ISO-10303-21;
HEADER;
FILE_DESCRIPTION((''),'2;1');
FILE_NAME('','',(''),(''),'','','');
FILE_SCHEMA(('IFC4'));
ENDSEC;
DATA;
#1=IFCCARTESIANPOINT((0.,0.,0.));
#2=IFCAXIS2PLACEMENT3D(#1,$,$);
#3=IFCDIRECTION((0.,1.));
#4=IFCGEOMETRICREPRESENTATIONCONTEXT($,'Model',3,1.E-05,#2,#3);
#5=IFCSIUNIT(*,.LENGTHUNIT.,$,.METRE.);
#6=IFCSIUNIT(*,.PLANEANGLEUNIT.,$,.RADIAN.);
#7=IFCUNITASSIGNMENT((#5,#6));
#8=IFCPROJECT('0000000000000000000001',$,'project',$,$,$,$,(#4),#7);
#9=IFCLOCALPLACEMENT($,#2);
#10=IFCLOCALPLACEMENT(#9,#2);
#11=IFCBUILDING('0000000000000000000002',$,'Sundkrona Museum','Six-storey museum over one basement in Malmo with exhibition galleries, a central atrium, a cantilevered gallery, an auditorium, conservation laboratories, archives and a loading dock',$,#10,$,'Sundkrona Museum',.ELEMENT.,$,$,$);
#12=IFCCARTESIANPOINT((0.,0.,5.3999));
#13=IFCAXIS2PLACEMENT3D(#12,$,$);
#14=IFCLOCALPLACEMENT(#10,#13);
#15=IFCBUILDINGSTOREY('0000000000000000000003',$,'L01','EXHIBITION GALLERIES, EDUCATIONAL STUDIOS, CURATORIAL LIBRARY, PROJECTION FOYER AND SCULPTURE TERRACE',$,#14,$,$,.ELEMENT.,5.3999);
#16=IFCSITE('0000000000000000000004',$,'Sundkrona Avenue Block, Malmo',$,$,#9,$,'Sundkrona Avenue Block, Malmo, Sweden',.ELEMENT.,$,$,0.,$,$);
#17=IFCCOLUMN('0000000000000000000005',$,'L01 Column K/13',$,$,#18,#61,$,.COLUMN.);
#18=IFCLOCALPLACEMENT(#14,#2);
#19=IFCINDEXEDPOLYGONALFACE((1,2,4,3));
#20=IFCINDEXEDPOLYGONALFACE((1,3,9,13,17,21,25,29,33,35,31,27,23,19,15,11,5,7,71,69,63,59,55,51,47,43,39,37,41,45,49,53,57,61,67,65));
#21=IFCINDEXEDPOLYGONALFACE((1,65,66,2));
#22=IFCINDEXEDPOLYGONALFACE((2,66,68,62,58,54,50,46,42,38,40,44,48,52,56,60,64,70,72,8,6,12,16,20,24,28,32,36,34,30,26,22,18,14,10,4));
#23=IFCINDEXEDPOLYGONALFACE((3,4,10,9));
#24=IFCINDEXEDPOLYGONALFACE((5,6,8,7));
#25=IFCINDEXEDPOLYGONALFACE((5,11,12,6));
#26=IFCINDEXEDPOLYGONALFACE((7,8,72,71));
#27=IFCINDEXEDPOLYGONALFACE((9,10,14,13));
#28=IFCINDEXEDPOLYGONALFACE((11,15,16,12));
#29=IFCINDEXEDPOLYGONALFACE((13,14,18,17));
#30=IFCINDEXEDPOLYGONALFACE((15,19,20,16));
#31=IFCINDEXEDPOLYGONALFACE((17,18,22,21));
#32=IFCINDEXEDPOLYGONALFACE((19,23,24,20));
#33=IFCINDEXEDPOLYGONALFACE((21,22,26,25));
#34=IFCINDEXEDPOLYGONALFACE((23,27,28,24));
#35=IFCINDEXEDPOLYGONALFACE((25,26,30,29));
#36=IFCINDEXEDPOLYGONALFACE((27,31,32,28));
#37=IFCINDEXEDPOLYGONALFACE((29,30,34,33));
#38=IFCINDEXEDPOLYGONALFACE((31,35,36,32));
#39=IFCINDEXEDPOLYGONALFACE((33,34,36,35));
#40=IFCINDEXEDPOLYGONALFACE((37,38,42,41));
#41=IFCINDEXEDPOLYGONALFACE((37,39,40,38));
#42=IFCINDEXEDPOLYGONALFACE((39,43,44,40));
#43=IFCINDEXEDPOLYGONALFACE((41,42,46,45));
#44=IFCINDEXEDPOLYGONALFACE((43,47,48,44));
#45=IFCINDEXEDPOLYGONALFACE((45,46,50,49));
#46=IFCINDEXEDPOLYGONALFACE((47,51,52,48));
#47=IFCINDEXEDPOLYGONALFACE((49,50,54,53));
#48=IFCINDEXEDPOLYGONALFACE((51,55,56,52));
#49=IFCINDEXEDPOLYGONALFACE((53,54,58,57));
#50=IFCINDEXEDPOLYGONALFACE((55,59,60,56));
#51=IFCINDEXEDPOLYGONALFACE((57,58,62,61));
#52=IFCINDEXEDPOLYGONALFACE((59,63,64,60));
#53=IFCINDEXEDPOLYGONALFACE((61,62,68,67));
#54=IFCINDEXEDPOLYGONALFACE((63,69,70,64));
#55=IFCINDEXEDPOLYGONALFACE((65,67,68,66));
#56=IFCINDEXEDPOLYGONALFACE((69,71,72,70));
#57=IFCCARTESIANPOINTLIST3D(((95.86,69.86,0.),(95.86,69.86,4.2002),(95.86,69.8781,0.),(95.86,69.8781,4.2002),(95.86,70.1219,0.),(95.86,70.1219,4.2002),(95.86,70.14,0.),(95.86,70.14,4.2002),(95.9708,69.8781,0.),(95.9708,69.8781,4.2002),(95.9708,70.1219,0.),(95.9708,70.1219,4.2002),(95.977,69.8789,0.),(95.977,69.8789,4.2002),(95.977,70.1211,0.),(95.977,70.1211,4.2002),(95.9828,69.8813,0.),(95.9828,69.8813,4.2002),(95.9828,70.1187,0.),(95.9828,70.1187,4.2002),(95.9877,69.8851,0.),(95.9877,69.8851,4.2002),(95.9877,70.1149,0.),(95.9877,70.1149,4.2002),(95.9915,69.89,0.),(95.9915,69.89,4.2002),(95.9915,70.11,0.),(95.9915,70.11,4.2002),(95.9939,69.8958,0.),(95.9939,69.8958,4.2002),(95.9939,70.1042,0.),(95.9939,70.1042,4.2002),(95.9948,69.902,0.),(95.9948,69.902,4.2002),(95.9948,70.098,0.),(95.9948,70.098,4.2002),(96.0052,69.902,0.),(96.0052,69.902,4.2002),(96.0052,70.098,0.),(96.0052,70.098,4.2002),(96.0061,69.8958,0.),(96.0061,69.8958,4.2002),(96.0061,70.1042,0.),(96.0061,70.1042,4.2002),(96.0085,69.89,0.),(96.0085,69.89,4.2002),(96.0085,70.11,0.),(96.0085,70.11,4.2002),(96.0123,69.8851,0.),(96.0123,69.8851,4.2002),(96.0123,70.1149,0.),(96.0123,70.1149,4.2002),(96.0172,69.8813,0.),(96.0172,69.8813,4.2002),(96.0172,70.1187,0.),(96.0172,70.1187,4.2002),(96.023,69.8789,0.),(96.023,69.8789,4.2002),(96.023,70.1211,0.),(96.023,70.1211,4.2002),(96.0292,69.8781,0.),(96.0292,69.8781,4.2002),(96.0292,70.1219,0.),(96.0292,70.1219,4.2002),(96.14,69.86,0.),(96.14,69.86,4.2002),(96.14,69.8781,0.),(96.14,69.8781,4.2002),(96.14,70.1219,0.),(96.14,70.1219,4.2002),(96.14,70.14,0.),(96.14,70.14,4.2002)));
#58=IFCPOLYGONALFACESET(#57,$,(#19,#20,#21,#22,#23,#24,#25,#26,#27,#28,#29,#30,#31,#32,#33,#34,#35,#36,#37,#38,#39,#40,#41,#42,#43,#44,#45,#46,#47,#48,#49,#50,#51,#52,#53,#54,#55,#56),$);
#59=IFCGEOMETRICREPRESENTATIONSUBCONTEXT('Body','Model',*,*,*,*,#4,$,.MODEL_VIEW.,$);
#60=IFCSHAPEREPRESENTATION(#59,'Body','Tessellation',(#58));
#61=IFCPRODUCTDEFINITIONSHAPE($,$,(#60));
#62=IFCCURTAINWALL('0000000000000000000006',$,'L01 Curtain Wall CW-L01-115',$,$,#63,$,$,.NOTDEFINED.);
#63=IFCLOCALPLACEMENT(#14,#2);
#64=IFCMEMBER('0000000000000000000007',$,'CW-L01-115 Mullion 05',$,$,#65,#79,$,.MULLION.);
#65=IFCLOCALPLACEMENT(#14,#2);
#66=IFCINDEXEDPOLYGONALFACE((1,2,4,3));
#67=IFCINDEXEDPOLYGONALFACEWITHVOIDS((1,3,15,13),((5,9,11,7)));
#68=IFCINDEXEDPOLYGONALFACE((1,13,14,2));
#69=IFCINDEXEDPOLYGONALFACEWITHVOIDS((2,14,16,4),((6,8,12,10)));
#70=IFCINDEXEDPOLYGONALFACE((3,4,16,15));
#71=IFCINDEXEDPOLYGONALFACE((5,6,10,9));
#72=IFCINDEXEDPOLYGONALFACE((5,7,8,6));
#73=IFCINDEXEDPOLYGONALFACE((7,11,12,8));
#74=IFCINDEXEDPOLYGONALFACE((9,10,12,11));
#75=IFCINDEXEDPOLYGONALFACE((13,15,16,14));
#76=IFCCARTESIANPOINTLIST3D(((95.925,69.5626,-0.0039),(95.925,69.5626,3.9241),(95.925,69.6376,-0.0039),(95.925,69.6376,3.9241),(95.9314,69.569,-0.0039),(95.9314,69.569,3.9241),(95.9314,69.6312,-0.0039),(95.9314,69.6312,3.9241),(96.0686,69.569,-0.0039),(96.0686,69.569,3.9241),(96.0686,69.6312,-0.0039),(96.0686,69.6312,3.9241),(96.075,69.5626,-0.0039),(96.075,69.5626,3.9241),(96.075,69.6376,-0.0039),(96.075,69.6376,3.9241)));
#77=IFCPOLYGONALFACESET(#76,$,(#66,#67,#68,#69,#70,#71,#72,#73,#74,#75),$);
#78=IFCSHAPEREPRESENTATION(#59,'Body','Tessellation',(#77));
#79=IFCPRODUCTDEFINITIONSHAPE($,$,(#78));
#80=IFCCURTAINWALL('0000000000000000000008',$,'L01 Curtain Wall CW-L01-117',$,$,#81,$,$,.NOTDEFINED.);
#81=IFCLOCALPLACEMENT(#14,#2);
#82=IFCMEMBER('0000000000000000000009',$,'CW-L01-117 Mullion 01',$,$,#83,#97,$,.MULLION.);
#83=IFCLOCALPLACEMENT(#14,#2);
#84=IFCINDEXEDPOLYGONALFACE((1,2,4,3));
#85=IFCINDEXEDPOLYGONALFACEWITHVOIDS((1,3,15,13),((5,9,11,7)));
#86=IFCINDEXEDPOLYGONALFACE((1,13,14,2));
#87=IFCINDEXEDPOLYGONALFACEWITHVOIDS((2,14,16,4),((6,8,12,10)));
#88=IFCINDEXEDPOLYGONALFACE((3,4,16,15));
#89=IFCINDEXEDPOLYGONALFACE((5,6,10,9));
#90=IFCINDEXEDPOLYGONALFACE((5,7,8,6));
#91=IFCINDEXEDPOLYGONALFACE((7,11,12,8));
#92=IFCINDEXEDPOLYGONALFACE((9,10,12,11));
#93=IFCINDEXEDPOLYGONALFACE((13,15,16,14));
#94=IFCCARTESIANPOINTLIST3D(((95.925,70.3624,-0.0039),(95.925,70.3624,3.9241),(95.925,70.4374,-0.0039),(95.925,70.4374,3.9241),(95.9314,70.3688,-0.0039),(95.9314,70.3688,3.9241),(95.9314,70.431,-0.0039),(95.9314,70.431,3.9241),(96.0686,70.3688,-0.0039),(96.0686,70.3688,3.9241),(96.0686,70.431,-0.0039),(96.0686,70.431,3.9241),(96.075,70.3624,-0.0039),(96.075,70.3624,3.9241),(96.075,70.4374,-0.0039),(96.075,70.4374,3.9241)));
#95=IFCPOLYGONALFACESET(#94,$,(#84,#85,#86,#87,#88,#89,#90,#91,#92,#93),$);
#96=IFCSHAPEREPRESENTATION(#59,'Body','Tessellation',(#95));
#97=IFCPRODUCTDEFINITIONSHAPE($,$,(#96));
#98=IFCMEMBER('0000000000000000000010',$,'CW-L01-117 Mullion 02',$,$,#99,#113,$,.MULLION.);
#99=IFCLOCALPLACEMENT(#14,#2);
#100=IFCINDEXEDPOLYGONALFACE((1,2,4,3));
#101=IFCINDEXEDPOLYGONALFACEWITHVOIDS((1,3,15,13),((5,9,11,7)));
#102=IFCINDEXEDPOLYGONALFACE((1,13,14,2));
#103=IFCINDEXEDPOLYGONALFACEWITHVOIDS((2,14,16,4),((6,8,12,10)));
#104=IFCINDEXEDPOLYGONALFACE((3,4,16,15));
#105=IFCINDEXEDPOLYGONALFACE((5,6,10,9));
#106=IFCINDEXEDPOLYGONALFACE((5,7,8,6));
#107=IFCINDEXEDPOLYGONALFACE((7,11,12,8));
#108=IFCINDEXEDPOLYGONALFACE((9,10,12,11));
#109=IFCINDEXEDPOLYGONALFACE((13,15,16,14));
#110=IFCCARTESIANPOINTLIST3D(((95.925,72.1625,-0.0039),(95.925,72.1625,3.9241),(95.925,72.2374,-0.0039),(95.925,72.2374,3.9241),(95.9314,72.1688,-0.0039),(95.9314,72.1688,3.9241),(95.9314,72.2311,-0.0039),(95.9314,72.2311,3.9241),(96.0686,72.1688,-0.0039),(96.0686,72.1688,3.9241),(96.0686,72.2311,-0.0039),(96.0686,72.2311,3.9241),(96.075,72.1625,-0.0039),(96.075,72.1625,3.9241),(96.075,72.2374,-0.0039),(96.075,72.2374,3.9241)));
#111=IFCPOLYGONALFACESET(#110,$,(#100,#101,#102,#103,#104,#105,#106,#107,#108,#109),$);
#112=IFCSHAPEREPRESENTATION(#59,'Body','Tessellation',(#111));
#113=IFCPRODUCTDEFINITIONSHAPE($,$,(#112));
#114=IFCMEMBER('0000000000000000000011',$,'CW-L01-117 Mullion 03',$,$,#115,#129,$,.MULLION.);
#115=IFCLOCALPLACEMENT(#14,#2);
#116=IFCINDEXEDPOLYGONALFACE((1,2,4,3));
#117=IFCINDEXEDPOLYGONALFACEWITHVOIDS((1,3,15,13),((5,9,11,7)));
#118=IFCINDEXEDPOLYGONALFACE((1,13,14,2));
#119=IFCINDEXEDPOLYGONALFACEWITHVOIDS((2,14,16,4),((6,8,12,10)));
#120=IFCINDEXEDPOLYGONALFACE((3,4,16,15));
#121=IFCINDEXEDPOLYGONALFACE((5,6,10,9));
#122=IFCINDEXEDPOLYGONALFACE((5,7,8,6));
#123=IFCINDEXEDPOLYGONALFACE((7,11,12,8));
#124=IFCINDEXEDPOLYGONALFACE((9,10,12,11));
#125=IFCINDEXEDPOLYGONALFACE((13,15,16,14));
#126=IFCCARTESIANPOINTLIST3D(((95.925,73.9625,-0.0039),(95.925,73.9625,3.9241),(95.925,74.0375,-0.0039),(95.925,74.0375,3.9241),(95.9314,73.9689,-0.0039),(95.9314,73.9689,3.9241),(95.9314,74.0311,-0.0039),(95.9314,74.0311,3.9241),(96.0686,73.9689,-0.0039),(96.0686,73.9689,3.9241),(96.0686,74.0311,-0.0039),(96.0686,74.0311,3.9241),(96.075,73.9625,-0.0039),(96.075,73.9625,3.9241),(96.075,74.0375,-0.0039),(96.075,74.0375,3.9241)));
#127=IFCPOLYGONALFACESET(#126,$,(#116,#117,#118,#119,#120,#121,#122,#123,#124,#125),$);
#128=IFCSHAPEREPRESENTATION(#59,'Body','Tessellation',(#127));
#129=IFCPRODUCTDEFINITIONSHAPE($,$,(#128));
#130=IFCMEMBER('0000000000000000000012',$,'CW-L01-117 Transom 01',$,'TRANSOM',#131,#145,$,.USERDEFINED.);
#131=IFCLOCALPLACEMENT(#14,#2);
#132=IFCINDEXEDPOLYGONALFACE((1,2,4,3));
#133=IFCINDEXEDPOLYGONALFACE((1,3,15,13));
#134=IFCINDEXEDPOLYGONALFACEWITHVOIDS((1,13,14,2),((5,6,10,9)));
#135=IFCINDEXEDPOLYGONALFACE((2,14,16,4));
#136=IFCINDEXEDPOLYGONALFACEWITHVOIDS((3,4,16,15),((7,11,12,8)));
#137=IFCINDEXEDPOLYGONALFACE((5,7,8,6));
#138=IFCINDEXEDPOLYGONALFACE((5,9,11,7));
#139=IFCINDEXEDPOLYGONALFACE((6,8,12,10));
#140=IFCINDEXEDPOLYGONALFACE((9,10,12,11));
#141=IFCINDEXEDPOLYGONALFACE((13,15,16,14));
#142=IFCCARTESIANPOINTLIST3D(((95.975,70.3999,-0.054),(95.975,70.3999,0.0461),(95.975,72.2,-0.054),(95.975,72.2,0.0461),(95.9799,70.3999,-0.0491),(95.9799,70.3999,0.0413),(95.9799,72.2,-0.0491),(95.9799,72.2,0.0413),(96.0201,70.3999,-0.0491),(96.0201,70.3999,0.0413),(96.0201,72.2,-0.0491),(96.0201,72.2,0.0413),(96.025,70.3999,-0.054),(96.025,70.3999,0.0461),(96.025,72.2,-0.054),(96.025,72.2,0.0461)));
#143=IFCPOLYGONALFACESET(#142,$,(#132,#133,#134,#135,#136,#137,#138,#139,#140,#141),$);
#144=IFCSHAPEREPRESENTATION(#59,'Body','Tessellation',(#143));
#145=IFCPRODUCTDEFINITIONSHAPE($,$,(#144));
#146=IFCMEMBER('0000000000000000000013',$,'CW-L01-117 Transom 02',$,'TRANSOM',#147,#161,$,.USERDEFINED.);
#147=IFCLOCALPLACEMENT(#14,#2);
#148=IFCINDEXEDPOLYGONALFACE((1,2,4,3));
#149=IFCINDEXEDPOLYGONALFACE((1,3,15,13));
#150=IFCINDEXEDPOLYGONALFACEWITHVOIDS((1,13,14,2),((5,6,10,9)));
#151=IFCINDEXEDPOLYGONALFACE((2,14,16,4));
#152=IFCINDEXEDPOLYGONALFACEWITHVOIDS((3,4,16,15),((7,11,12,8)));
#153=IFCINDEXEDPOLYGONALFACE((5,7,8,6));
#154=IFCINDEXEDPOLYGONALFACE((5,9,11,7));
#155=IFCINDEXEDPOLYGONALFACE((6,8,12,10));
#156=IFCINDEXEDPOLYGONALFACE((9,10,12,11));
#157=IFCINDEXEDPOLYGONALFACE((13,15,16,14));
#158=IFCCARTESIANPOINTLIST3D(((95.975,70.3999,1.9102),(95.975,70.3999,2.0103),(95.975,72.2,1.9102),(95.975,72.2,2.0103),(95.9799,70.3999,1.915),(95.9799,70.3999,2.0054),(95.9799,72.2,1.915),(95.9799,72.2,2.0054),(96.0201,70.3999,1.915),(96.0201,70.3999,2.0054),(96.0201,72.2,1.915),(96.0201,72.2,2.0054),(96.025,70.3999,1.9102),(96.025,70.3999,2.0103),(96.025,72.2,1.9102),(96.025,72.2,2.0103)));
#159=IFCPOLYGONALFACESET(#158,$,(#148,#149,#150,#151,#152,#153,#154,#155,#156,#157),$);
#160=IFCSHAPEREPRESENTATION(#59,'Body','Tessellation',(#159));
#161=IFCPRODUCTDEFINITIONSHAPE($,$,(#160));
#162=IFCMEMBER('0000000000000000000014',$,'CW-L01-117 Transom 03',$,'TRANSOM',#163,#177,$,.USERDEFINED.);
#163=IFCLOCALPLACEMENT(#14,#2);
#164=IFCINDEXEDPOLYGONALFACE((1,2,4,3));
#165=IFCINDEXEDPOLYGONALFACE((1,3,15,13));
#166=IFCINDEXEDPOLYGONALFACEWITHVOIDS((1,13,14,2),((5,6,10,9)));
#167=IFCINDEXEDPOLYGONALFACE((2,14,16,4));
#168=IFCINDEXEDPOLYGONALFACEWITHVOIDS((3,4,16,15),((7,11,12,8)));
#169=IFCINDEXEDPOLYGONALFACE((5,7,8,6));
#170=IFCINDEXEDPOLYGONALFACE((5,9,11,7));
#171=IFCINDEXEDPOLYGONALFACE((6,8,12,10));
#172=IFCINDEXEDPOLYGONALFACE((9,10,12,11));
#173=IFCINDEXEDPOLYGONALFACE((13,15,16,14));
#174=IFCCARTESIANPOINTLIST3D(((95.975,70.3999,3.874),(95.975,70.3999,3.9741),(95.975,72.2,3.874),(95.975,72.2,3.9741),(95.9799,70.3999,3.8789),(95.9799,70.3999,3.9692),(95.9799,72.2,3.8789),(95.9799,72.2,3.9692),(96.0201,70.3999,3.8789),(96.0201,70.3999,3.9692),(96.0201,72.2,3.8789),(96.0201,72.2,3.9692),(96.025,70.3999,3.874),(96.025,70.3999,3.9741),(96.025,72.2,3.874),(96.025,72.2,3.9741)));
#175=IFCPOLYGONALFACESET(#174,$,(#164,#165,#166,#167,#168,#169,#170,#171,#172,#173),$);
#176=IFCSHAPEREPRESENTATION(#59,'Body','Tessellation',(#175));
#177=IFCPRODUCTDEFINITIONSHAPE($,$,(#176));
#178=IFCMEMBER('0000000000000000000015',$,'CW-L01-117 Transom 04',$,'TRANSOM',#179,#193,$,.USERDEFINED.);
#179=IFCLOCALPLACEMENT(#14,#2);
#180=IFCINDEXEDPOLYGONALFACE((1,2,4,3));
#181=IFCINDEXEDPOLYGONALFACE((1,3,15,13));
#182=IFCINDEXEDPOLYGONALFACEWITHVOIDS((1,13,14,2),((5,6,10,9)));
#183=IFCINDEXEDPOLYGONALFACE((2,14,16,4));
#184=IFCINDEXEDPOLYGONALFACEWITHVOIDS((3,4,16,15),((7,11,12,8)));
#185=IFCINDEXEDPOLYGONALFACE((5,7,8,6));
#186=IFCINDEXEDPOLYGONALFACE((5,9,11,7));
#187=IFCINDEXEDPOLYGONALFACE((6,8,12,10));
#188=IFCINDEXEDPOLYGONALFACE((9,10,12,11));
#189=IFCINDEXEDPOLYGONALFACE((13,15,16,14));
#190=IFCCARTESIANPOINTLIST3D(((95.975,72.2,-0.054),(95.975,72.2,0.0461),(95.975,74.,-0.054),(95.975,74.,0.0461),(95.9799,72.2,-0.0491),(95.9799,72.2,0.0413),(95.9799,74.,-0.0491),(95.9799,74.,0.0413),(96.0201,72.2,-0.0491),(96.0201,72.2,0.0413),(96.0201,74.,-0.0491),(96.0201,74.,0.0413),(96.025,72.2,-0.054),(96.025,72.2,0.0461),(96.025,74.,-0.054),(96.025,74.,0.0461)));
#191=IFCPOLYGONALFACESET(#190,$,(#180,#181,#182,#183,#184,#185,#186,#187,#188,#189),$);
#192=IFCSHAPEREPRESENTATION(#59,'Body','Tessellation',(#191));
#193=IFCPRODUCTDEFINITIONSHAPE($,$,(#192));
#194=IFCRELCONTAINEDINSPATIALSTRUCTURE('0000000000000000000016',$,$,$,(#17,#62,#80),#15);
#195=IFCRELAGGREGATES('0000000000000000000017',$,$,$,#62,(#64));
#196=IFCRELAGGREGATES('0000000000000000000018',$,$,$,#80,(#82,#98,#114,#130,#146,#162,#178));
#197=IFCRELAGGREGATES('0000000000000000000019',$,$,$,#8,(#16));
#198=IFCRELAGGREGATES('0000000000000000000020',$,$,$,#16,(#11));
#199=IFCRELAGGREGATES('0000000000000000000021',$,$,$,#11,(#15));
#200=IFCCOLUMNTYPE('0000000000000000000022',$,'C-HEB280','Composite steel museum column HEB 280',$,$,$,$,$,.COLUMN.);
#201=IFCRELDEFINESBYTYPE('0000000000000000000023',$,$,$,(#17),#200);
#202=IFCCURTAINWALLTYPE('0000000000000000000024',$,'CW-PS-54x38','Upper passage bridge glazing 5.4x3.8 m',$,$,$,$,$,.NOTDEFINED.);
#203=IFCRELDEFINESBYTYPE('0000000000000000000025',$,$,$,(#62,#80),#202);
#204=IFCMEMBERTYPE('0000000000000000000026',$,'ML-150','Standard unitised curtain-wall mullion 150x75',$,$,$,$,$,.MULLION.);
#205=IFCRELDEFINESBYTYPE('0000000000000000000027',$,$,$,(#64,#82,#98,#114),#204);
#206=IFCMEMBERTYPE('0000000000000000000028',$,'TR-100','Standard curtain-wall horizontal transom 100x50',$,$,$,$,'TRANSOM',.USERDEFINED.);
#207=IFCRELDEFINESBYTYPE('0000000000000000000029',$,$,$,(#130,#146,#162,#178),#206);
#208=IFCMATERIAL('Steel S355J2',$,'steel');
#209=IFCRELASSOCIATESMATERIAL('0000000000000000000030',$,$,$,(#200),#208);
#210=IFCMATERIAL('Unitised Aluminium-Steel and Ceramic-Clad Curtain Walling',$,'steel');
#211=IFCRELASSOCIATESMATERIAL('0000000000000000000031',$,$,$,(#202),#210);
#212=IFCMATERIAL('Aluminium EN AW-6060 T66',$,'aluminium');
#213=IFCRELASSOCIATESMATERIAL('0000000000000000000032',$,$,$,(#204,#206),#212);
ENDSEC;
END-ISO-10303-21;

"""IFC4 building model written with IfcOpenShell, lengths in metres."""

from ifc_helpers import new_model, si_unit, direction, frame, origin, origin_2d, place, context, subcontext, project, spatial, hollow_rectangle, i_section, extrude, material, material_profile, profile_set, type_object, element, aggregate, save


model = new_model("IFC4")

# Units and contexts
model_context = context("Model", 3, precision=1e-05, world=origin(), true_north=direction((0.0, 1.0)))
body_context = subcontext(model_context, "Body", "Model", "MODEL_VIEW")
ifc_project = project(units=[si_unit("LENGTHUNIT", "METRE"), si_unit("PLANEANGLEUNIT", "RADIAN")], contexts=[model_context])

# Site, building, storey
site_placement = place(None, origin())
site = spatial("IfcSite", under=ifc_project, at=site_placement, Name="Sundkrona Avenue Block, Malmo", LongName="Sundkrona Avenue Block, Malmo, Sweden", CompositionType="ELEMENT", RefElevation=0.0)
building_placement = place(site_placement, origin())
building = spatial("IfcBuilding", under=site, at=building_placement, Name="Sundkrona Museum", Description="Six-storey museum over one basement in Malmo with exhibition galleries, a central atrium, a cantilevered gallery, an auditorium, conservation laboratories, archives and a loading dock", LongName="Sundkrona Museum", CompositionType="ELEMENT")
storey_placement = place(building_placement, frame((0.0, 0.0, 5.3999)))
storey = spatial("IfcBuildingStorey", under=building, at=storey_placement, Name="L01", Description="EXHIBITION GALLERIES, EDUCATIONAL STUDIOS, CURATORIAL LIBRARY, PROJECTION FOYER AND SCULPTURE TERRACE", CompositionType="ELEMENT", Elevation=5.3999)

# Column
ifc_material_1 = material(Name="Steel S355J2", Category="steel")
ifc_material_profile_1 = material_profile(ifc_material_1, i_section(OverallWidth=0.28, OverallDepth=0.28, WebThickness=0.0105, FlangeThickness=0.0181, FilletRadius=0.0239, at=origin_2d()), Name="HEB 280")
ifc_profile_set_1 = profile_set([ifc_material_profile_1], Name="Steel S355J2")
column_type = type_object("IfcColumnType", Name="C-HEB280", Description="Composite steel museum column HEB 280", PredefinedType="COLUMN", material=ifc_profile_set_1)
column_placement = place(storey_placement, frame((96.0, 70.0, 0.0), z_axis=(0.0, 0.0, 1.0), x_axis=(1.0, 0.0, 0.0)))
element("IfcColumn", 1, at=column_placement, inside=storey, type_object=column_type, Name="L01 Column K/13", PredefinedType="COLUMN", context=body_context, shape_type="SweptSolid", body=[
    extrude(i_section(OverallWidth=0.28, OverallDepth=0.28, WebThickness=0.0105, FlangeThickness=0.0181, FilletRadius=0.0239, at=origin_2d()), origin(), (0.0, 0.0, 1.0), 4.2002),
])

# Curtain wall, member
ifc_material_2 = material(Name="Unitised Aluminium-Steel and Ceramic-Clad Curtain Walling", Category="steel")
curtain_wall_type = type_object("IfcCurtainWallType", Name="CW-PS-54x38", Description="Upper passage bridge glazing 5.4x3.8 m", PredefinedType="NOTDEFINED", material=ifc_material_2)
curtain_wall_1_placement = place(storey_placement, origin())
curtain_wall_1 = element("IfcCurtainWall", 2, at=curtain_wall_1_placement, inside=storey, type_object=curtain_wall_type, Name="L01 Curtain Wall CW-L01-115", PredefinedType="NOTDEFINED")
ifc_material_3 = material(Name="Aluminium EN AW-6060 T66", Category="aluminium")
ifc_material_profile_2 = material_profile(ifc_material_3, hollow_rectangle(XDim=0.075, YDim=0.1499, WallThickness=0.0063, at=origin_2d()), Name="RHS 150x75x6.3")
ifc_profile_set_2 = profile_set([ifc_material_profile_2], Name="Aluminium EN AW-6060 T66")
member_type_1 = type_object("IfcMemberType", Name="ML-150", Description="Standard unitised curtain-wall mullion 150x75", PredefinedType="MULLION", material=ifc_profile_set_2)
member_1_placement = place(storey_placement, frame((96.0, 69.6001, -0.0039), z_axis=(0.0, 0.0, 1.0), x_axis=(0.0, 1.0, 0.0)))
member_1 = element("IfcMember", 3, at=member_1_placement, type_object=member_type_1, Name="CW-L01-115 Mullion 05", PredefinedType="MULLION", context=body_context, shape_type="SweptSolid", body=[
    extrude(hollow_rectangle(XDim=0.075, YDim=0.1499, WallThickness=0.0063, at=origin_2d()), origin(), (0.0, 0.0, 1.0), 3.928),
])

# Curtain wall, members
curtain_wall_2_placement = place(storey_placement, origin())
curtain_wall_2 = element("IfcCurtainWall", 4, at=curtain_wall_2_placement, inside=storey, type_object=curtain_wall_type, Name="L01 Curtain Wall CW-L01-117", PredefinedType="NOTDEFINED")
member_2_placement = place(storey_placement, frame((96.0, 70.3999, -0.0039), z_axis=(0.0, 0.0, 1.0), x_axis=(0.0, 1.0, 0.0)))
member_2 = element("IfcMember", 5, at=member_2_placement, type_object=member_type_1, Name="CW-L01-117 Mullion 01", PredefinedType="MULLION", context=body_context, shape_type="SweptSolid", body=[
    extrude(hollow_rectangle(XDim=0.075, YDim=0.1499, WallThickness=0.0063, at=origin_2d()), origin(), (0.0, 0.0, 1.0), 3.928),
])
member_3_placement = place(storey_placement, frame((96.0, 72.2, -0.0039), z_axis=(0.0, 0.0, 1.0), x_axis=(0.0, 1.0, 0.0)))
member_3 = element("IfcMember", 6, at=member_3_placement, type_object=member_type_1, Name="CW-L01-117 Mullion 02", PredefinedType="MULLION", context=body_context, shape_type="SweptSolid", body=[
    extrude(hollow_rectangle(XDim=0.075, YDim=0.1499, WallThickness=0.0063, at=origin_2d()), origin(), (0.0, 0.0, 1.0), 3.928),
])
member_4_placement = place(storey_placement, frame((96.0, 74.0, -0.0039), z_axis=(0.0, 0.0, 1.0), x_axis=(0.0, 1.0, 0.0)))
member_4 = element("IfcMember", 7, at=member_4_placement, type_object=member_type_1, Name="CW-L01-117 Mullion 03", PredefinedType="MULLION", context=body_context, shape_type="SweptSolid", body=[
    extrude(hollow_rectangle(XDim=0.075, YDim=0.1499, WallThickness=0.0063, at=origin_2d()), origin(), (0.0, 0.0, 1.0), 3.928),
])
ifc_material_profile_3 = material_profile(ifc_material_3, hollow_rectangle(XDim=0.05, YDim=0.1001, WallThickness=0.0049, at=origin_2d()), Name="RHS 100x50x5.0")
ifc_profile_set_3 = profile_set([ifc_material_profile_3], Name="Aluminium EN AW-6060 T66")
member_type_2 = type_object("IfcMemberType", Name="TR-100", Description="Standard curtain-wall horizontal transom 100x50", ElementType="TRANSOM", PredefinedType="USERDEFINED", material=ifc_profile_set_3)
member_5_placement = place(storey_placement, frame((96.0, 70.3999, -0.0039), z_axis=(0.0, 1.0, 0.0), x_axis=(-1.0, 0.0, 0.0)))
member_5 = element("IfcMember", 8, at=member_5_placement, type_object=member_type_2, Name="CW-L01-117 Transom 01", ObjectType="TRANSOM", PredefinedType="USERDEFINED", context=body_context, shape_type="SweptSolid", body=[
    extrude(hollow_rectangle(XDim=0.05, YDim=0.1001, WallThickness=0.0049, at=origin_2d()), origin(), (0.0, 0.0, 1.0), 1.8),
])
member_6_placement = place(storey_placement, frame((96.0, 70.3999, 1.9602), z_axis=(0.0, 1.0, 0.0), x_axis=(-1.0, 0.0, 0.0)))
member_6 = element("IfcMember", 9, at=member_6_placement, type_object=member_type_2, Name="CW-L01-117 Transom 02", ObjectType="TRANSOM", PredefinedType="USERDEFINED", context=body_context, shape_type="SweptSolid", body=[
    extrude(hollow_rectangle(XDim=0.05, YDim=0.1001, WallThickness=0.0049, at=origin_2d()), origin(), (0.0, 0.0, 1.0), 1.8),
])
member_7_placement = place(storey_placement, frame((96.0, 70.3999, 3.9241), z_axis=(0.0, 1.0, 0.0), x_axis=(-1.0, 0.0, 0.0)))
member_7 = element("IfcMember", 10, at=member_7_placement, type_object=member_type_2, Name="CW-L01-117 Transom 03", ObjectType="TRANSOM", PredefinedType="USERDEFINED", context=body_context, shape_type="SweptSolid", body=[
    extrude(hollow_rectangle(XDim=0.05, YDim=0.1001, WallThickness=0.0049, at=origin_2d()), origin(), (0.0, 0.0, 1.0), 1.8),
])
member_8_placement = place(storey_placement, frame((96.0, 72.2, -0.0039), z_axis=(0.0, 1.0, 0.0), x_axis=(-1.0, 0.0, 0.0)))
member_8 = element("IfcMember", 11, at=member_8_placement, type_object=member_type_2, Name="CW-L01-117 Transom 04", ObjectType="TRANSOM", PredefinedType="USERDEFINED", context=body_context, shape_type="SweptSolid", body=[
    extrude(hollow_rectangle(XDim=0.05, YDim=0.1001, WallThickness=0.0049, at=origin_2d()), origin(), (0.0, 0.0, 1.0), 1.8),
])

aggregate(curtain_wall_1, [member_1])
aggregate(curtain_wall_2, [member_2, member_3, member_4, member_5, member_6, member_7, member_8])

save(model, "model.ifc")
